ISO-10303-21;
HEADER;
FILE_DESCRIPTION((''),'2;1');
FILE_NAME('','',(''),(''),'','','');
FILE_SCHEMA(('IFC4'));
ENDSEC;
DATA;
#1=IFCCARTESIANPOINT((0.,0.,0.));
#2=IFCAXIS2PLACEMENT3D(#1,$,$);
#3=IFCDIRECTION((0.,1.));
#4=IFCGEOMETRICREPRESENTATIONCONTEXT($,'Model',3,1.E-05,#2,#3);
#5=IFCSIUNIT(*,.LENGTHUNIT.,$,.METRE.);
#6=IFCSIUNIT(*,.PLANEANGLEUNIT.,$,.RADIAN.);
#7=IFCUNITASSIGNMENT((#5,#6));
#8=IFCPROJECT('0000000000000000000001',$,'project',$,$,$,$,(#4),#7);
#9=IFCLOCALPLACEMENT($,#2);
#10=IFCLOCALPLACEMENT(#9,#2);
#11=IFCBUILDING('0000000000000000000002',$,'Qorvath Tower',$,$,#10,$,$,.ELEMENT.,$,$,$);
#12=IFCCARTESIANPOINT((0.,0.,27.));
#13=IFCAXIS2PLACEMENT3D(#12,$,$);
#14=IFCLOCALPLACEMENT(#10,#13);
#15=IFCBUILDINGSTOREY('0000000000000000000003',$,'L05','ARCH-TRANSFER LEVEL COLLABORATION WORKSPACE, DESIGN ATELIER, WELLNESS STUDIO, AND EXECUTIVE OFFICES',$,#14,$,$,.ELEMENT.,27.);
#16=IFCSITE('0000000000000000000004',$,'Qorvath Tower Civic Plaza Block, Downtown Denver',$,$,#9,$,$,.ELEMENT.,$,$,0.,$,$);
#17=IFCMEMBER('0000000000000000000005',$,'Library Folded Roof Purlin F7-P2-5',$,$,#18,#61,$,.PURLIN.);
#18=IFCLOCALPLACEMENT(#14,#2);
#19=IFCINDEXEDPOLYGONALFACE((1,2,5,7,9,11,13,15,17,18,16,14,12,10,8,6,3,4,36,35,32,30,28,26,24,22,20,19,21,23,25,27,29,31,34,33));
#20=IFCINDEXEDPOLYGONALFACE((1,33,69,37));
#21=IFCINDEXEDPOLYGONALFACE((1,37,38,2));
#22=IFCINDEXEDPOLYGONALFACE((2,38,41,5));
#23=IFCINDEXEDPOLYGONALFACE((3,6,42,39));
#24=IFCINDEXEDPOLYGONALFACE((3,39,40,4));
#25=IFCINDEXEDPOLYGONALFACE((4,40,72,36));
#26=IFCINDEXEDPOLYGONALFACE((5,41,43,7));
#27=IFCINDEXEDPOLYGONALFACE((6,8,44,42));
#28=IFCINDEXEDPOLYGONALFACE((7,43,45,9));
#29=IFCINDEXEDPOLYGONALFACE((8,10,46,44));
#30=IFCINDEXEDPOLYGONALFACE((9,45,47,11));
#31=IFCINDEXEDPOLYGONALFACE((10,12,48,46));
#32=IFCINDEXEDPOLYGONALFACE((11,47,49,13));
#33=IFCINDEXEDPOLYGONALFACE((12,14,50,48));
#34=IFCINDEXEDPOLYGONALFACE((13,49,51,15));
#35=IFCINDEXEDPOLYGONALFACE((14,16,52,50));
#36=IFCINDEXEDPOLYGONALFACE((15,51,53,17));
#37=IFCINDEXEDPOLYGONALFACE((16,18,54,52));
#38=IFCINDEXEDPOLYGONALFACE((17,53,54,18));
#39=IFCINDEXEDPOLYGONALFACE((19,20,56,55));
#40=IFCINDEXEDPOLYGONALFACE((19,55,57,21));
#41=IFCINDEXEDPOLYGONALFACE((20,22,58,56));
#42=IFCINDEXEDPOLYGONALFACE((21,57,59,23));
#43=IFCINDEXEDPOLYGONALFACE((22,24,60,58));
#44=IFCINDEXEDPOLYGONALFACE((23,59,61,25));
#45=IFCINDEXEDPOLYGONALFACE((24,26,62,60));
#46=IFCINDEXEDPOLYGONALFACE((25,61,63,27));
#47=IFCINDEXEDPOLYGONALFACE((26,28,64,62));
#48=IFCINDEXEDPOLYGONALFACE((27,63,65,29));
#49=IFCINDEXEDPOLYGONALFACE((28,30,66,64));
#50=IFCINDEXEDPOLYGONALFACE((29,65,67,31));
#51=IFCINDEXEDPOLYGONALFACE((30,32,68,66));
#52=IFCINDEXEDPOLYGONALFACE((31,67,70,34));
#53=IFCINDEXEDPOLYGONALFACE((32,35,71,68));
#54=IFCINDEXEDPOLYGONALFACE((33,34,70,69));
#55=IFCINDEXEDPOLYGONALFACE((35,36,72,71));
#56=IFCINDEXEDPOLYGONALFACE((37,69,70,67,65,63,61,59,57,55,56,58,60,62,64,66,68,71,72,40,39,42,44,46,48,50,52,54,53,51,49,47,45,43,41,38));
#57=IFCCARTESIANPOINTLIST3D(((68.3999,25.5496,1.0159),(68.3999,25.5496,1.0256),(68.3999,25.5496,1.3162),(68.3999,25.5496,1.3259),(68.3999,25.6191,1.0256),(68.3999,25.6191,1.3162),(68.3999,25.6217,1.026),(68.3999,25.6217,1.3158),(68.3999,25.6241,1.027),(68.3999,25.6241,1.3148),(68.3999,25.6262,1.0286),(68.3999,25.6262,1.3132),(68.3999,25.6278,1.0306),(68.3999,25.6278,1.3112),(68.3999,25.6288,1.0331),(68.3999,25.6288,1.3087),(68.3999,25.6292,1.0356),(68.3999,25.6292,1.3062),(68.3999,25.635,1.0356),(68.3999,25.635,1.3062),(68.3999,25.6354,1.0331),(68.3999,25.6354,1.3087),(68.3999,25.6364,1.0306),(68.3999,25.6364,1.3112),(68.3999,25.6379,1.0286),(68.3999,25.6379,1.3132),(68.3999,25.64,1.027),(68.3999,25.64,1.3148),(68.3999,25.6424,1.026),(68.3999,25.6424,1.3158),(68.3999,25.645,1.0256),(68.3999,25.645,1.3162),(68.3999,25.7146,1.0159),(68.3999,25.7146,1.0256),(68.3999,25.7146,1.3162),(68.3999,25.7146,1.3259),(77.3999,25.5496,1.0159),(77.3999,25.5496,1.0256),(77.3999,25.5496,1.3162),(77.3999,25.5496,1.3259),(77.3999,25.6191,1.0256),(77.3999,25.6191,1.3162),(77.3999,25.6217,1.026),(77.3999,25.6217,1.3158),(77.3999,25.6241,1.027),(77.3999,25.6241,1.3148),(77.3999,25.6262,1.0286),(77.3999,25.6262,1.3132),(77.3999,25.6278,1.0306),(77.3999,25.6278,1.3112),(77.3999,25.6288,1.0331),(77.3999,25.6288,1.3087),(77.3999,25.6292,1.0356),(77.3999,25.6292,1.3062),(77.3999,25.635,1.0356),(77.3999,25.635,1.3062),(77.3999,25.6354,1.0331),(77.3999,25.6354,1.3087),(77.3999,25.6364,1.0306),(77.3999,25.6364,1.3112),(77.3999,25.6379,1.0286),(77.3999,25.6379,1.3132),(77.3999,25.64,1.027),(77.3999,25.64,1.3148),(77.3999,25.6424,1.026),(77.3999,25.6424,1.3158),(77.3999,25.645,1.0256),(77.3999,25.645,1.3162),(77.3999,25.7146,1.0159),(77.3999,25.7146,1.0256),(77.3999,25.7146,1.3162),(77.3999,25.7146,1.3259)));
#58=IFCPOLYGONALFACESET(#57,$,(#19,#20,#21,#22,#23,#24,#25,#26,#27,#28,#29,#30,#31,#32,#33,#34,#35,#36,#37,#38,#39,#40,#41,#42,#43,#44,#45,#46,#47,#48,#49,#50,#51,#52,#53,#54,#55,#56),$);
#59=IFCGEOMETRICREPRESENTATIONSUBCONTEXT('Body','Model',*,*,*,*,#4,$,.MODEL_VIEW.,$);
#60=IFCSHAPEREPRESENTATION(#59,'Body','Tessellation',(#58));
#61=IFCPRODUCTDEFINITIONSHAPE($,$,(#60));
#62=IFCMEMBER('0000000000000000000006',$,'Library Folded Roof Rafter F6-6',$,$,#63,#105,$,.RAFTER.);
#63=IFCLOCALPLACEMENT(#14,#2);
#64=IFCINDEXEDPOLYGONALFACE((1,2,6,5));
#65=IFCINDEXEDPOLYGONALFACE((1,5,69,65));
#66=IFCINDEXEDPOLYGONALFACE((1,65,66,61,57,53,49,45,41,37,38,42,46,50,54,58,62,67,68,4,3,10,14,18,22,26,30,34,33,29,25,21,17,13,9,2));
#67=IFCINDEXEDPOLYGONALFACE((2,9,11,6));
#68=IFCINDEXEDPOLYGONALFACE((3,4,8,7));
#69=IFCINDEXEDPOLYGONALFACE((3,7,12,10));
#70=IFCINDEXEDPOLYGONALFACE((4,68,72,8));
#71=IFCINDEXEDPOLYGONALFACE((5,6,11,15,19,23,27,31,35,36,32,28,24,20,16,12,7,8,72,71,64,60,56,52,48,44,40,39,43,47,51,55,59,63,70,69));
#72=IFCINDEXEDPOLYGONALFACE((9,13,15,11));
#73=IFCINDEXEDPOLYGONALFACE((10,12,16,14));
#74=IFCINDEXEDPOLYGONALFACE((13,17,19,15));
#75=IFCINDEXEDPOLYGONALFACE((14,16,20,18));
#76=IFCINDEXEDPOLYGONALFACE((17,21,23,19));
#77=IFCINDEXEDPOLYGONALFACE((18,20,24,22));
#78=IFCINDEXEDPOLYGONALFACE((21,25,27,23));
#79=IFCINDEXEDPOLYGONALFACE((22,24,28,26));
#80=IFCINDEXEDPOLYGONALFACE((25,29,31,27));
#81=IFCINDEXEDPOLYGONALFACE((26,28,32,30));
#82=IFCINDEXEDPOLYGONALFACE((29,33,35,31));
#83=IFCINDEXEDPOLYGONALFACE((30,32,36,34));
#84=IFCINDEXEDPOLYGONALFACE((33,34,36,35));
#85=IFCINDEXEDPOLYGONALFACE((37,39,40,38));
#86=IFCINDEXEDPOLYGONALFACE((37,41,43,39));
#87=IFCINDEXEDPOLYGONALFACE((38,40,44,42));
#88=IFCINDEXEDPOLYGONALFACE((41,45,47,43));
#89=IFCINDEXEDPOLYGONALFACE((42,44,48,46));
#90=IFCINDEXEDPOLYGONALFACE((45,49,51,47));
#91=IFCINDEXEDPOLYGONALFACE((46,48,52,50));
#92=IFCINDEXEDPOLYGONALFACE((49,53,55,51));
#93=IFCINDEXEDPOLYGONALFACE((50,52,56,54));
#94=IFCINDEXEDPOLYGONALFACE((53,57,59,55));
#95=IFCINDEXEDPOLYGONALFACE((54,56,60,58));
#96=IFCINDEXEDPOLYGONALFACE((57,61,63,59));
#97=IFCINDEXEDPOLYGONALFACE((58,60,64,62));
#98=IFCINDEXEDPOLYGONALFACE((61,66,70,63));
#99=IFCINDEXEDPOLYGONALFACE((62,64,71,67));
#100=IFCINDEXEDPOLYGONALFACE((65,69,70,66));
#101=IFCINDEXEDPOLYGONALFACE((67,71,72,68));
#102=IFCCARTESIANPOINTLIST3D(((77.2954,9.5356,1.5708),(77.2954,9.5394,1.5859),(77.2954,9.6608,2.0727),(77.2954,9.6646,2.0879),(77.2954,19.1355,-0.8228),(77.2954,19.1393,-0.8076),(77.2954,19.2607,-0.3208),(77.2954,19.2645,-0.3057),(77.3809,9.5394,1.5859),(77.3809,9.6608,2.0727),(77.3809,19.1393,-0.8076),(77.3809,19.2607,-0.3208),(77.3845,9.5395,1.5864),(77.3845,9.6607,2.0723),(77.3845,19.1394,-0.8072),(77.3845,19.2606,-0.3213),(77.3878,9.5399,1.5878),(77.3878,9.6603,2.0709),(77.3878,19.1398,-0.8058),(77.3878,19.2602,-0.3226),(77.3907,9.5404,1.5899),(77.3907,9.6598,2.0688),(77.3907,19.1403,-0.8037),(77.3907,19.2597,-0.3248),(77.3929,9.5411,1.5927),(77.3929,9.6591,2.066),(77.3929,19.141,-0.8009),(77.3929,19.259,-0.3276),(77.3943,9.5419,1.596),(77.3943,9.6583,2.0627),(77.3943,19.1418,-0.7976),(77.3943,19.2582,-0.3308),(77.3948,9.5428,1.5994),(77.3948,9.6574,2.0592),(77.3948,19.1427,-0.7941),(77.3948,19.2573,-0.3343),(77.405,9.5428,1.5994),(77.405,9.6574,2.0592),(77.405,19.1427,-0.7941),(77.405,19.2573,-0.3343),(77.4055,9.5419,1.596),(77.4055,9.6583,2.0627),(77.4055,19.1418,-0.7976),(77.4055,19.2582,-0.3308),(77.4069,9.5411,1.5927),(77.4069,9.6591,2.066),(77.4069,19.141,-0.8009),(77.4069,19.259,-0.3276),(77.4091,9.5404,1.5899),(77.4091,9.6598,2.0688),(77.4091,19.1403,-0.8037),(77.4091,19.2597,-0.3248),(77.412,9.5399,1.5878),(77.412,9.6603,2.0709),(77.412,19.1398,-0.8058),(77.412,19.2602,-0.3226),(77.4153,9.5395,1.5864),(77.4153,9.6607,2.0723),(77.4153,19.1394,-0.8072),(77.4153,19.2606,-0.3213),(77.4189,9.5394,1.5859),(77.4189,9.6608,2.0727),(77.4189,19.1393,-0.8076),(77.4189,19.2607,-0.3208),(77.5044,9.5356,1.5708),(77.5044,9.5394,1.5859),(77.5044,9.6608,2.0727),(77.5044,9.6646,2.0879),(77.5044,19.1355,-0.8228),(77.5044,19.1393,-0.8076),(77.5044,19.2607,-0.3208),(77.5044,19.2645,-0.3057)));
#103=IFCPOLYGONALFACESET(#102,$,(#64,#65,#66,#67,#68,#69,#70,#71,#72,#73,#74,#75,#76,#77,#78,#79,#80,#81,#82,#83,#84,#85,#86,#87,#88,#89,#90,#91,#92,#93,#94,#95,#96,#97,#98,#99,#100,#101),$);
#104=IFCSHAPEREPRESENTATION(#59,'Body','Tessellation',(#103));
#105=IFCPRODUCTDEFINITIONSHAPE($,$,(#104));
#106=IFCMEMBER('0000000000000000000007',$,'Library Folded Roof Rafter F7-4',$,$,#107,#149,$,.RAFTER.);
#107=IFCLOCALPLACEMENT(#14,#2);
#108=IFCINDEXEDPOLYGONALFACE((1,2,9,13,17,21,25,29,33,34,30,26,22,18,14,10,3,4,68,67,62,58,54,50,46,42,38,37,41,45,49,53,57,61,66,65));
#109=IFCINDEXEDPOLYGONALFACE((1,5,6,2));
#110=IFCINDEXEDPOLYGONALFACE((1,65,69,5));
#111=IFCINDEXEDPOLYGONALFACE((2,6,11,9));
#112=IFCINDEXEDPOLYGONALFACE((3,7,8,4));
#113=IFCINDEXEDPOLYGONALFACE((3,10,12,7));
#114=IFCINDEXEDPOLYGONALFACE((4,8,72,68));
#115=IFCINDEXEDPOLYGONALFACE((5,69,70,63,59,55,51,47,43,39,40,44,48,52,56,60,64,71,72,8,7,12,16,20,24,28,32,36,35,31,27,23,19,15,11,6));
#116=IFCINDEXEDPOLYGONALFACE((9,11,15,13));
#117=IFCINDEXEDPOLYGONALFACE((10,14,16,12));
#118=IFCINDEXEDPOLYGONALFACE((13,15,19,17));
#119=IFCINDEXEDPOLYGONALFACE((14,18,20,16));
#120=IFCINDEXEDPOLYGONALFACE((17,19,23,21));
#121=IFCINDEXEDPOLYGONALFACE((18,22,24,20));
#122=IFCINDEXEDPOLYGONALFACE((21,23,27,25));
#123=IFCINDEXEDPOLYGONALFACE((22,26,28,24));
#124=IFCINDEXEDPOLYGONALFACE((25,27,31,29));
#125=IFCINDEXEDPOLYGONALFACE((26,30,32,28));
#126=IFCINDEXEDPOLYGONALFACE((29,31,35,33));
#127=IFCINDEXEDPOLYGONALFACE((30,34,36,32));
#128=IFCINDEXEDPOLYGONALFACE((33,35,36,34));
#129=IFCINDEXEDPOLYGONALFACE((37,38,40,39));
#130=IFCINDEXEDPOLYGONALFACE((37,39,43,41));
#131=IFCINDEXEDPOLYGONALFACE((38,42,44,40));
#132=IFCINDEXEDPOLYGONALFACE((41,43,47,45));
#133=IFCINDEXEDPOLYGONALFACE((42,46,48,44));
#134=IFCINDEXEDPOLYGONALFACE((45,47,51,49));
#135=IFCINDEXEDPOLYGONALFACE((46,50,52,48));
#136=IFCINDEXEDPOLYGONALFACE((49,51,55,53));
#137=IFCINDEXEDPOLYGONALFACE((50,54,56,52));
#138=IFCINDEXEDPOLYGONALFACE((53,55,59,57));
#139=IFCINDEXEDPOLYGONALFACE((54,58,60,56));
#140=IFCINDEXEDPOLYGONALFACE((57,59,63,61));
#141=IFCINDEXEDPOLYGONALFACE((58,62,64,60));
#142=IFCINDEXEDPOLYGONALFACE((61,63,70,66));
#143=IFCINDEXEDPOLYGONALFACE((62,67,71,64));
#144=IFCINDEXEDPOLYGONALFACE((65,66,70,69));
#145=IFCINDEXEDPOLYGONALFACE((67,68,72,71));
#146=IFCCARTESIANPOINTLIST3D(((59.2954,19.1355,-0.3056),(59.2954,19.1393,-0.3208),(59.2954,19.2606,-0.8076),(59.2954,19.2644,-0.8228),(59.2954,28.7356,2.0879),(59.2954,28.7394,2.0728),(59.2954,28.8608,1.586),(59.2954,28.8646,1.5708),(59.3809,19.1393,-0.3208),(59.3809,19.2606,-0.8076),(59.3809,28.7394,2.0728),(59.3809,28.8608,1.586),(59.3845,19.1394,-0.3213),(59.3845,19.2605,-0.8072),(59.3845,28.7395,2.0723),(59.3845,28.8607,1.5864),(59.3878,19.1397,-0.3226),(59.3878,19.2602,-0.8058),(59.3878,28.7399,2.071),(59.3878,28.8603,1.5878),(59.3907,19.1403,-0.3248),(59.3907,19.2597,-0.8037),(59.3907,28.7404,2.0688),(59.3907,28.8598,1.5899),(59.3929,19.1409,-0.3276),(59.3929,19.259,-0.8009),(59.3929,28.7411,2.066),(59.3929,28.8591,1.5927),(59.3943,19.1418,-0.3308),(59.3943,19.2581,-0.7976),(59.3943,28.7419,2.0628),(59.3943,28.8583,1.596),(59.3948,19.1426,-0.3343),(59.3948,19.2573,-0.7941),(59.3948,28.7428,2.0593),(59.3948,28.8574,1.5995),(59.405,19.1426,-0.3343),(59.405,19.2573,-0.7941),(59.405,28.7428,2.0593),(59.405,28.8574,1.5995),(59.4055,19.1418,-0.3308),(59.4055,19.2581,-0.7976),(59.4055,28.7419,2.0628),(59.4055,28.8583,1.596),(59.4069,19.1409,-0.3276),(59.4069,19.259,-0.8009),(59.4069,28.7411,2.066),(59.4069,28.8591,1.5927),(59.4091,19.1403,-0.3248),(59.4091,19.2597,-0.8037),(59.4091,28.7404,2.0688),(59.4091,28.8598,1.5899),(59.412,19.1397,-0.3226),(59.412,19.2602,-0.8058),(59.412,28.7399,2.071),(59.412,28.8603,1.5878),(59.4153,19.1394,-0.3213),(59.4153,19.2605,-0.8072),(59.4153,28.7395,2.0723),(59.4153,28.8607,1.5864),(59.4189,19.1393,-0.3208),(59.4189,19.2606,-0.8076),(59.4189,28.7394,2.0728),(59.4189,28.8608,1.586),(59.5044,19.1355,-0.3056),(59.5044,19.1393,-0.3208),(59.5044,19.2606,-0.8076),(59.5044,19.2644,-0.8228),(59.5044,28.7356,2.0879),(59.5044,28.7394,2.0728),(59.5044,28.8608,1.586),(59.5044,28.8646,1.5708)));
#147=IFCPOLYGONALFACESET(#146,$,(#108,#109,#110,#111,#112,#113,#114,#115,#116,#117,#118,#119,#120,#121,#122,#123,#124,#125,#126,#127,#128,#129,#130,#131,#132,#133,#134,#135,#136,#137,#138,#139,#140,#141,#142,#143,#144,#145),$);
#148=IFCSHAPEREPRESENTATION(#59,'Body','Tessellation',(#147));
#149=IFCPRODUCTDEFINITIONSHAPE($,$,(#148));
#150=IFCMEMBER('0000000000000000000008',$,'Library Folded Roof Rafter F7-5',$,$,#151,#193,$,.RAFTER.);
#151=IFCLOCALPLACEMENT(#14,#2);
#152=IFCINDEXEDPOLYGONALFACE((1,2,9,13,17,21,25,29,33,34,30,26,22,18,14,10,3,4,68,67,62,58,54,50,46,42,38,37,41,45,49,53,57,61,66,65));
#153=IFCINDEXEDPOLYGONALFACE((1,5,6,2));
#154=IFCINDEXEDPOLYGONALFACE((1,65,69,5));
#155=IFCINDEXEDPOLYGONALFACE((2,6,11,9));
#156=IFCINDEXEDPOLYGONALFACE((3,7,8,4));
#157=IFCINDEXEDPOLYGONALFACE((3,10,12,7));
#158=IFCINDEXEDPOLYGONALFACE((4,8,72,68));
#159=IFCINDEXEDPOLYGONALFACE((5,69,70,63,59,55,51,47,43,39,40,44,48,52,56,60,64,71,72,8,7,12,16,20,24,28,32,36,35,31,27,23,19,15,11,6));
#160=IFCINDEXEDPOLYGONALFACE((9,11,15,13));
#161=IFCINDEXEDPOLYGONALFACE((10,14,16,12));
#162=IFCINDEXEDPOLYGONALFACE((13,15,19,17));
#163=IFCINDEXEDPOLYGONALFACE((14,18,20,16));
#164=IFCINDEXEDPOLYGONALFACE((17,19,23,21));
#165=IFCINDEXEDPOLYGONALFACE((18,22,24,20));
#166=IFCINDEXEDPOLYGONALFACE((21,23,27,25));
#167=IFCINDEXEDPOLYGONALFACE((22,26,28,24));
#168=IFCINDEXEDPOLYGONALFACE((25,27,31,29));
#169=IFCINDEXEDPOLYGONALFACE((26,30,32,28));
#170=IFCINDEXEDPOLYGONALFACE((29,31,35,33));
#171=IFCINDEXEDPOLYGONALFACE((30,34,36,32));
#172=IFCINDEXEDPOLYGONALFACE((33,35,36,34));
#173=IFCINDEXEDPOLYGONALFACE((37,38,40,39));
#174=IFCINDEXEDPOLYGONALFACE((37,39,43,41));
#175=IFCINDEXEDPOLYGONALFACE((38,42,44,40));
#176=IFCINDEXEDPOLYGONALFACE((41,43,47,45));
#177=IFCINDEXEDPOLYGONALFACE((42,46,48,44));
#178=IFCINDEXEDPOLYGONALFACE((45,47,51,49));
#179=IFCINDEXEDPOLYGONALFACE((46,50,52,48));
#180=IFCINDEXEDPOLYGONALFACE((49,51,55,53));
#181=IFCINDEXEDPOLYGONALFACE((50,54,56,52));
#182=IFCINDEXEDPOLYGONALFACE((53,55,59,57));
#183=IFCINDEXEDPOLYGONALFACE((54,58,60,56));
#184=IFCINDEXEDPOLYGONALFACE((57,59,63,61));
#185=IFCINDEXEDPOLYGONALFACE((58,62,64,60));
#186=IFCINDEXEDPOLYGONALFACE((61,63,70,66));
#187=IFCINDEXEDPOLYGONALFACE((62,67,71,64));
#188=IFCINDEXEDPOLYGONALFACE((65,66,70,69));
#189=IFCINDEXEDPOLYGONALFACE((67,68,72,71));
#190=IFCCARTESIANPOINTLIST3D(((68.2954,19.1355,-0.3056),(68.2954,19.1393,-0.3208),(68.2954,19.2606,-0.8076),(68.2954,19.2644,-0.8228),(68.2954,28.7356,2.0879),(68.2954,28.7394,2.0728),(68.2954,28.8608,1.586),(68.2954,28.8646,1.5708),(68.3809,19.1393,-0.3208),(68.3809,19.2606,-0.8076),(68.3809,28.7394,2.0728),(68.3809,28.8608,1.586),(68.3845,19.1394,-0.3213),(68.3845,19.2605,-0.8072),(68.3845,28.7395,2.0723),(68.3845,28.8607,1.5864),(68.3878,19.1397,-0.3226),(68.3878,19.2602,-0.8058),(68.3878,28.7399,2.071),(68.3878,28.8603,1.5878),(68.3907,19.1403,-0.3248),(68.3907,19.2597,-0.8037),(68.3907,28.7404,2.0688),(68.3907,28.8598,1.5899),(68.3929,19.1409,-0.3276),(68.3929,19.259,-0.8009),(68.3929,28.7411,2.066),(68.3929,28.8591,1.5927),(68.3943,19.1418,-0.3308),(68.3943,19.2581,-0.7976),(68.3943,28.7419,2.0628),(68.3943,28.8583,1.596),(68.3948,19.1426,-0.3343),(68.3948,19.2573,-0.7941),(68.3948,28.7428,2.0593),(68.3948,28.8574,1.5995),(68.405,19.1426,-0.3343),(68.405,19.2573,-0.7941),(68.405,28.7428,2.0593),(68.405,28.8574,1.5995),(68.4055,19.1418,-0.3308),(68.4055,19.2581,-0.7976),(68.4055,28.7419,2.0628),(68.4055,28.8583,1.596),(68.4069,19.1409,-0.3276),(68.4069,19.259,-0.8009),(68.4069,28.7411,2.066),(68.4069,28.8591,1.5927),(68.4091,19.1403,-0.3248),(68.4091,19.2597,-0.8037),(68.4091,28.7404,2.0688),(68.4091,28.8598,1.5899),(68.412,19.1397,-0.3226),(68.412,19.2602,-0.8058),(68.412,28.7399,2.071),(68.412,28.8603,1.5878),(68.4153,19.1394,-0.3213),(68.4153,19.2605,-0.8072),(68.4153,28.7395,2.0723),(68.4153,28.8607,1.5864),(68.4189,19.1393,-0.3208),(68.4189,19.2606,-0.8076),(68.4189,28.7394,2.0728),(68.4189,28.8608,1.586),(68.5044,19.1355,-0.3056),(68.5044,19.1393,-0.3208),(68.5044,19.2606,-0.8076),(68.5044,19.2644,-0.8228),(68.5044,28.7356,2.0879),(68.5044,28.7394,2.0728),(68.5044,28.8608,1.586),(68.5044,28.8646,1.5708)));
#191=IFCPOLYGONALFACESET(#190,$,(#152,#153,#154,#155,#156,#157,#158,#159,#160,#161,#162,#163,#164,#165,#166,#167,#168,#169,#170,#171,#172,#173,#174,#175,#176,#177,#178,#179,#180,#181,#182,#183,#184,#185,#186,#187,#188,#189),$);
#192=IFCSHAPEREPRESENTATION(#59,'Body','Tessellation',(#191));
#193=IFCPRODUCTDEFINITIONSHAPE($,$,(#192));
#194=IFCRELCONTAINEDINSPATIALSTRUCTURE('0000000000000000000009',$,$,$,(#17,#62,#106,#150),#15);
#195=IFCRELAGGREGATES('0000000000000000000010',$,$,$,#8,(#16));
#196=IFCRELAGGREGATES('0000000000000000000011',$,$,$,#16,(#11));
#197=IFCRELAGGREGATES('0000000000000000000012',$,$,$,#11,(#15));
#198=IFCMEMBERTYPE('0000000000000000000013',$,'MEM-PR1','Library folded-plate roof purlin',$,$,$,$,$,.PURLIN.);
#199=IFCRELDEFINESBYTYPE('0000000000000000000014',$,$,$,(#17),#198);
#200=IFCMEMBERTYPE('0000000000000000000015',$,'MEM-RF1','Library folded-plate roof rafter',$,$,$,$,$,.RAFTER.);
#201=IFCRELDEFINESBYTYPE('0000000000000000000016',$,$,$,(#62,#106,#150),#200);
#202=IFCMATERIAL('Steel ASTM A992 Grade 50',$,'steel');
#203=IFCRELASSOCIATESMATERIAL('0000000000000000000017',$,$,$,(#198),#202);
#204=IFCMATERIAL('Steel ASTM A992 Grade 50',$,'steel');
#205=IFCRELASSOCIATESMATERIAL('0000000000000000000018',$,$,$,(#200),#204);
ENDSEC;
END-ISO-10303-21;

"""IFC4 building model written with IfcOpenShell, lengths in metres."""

from ifc_helpers import new_model, si_unit, direction, frame, origin, origin_2d, place, context, subcontext, project, spatial, i_section, extrude, material, material_profile, profile_set, type_object, element, save


model = new_model("IFC4")

# Units and contexts
model_context = context("Model", 3, precision=1e-05, world=origin(), true_north=direction((0.0, 1.0)))
body_context = subcontext(model_context, "Body", "Model", "MODEL_VIEW")
ifc_project = project(units=[si_unit("LENGTHUNIT", "METRE"), si_unit("PLANEANGLEUNIT", "RADIAN")], contexts=[model_context])

# Site, building, storey
site_placement = place(None, origin())
site = spatial("IfcSite", under=ifc_project, at=site_placement, Name="Qorvath Tower Civic Plaza Block, Downtown Denver", CompositionType="ELEMENT", RefElevation=0.0)
building_placement = place(site_placement, origin())
building = spatial("IfcBuilding", under=site, at=building_placement, Name="Qorvath Tower", CompositionType="ELEMENT")
storey_placement = place(building_placement, frame((0.0, 0.0, 27.0)))
storey = spatial("IfcBuildingStorey", under=building, at=storey_placement, Name="L05", Description="ARCH-TRANSFER LEVEL COLLABORATION WORKSPACE, DESIGN ATELIER, WELLNESS STUDIO, AND EXECUTIVE OFFICES", CompositionType="ELEMENT", Elevation=27.0)

# Members
ifc_material_1 = material(Name="Steel ASTM A992 Grade 50", Category="steel")
ifc_material_profile_1 = material_profile(ifc_material_1, i_section(OverallWidth=0.165, OverallDepth=0.3101, WebThickness=0.0059, FlangeThickness=0.0098, FilletRadius=0.01, at=origin_2d()), Name="W12x26")
ifc_profile_set_1 = profile_set([ifc_material_profile_1], Name="Steel ASTM A992 Grade 50")
member_type_1 = type_object("IfcMemberType", Name="MEM-PR1", Description="Library folded-plate roof purlin", PredefinedType="PURLIN", material=ifc_profile_set_1)
for number, where, z_axis, x_axis, name in (
    (1, (68.3999, 25.6321, 1.1709), (1.0, 0.0, 0.0), (0.0, 1.0, 0.0), "Library Folded Roof Purlin F7-P2-5"),
):
    element("IfcMember", number, at=place(storey_placement, frame(where, z_axis=z_axis, x_axis=x_axis)), inside=storey, type_object=member_type_1, Name=name, PredefinedType="PURLIN", context=body_context, shape_type="SweptSolid", body=[
        extrude(i_section(OverallWidth=0.165, OverallDepth=0.3101, WebThickness=0.0059, FlangeThickness=0.0098, FilletRadius=0.01, at=origin_2d()), origin(), (0.0, 0.0, 1.0), 9.0),
    ])
ifc_material_2 = material(Name="Steel ASTM A992 Grade 50", Category="steel")
ifc_material_profile_2 = material_profile(ifc_material_2, i_section(OverallWidth=0.209, OverallDepth=0.533, WebThickness=0.0103, FlangeThickness=0.0156, FilletRadius=0.0139, at=origin_2d()), Name="W21x62")
ifc_profile_set_2 = profile_set([ifc_material_profile_2], Name="Steel ASTM A992 Grade 50")
member_type_2 = type_object("IfcMemberType", Name="MEM-RF1", Description="Library folded-plate roof rafter", PredefinedType="RAFTER", material=ifc_profile_set_2)
member_1_placement = place(storey_placement, frame((77.3999, 9.6001, 1.8293), z_axis=(0.0, 0.970295, -0.241926), x_axis=(-1.0, 0.0, 0.0)))
element("IfcMember", 2, at=member_1_placement, inside=storey, type_object=member_type_2, Name="Library Folded Roof Rafter F6-6", PredefinedType="RAFTER", context=body_context, shape_type="SweptSolid", body=[
    extrude(i_section(OverallWidth=0.209, OverallDepth=0.533, WebThickness=0.0103, FlangeThickness=0.0156, FilletRadius=0.0139, at=origin_2d()), origin(), (0.0, 0.0, 1.0), 9.8938),
])
for number, where, z_axis, x_axis, name in (
    (3, (59.3999, 19.2, -0.5642), (0.0, 0.970296, 0.24192), (-1.0, 0.0, 0.0), "Library Folded Roof Rafter F7-4"),
    (4, (68.3999, 19.2, -0.5642), (0.0, 0.970296, 0.24192), (-1.0, 0.0, 0.0), "Library Folded Roof Rafter F7-5"),
):
    element("IfcMember", number, at=place(storey_placement, frame(where, z_axis=z_axis, x_axis=x_axis)), inside=storey, type_object=member_type_2, Name=name, PredefinedType="RAFTER", context=body_context, shape_type="SweptSolid", body=[
        extrude(i_section(OverallWidth=0.209, OverallDepth=0.533, WebThickness=0.0103, FlangeThickness=0.0156, FilletRadius=0.0139, at=origin_2d()), origin(), (0.0, 0.0, 1.0), 9.894),
    ])

save(model, "model.ifc")
